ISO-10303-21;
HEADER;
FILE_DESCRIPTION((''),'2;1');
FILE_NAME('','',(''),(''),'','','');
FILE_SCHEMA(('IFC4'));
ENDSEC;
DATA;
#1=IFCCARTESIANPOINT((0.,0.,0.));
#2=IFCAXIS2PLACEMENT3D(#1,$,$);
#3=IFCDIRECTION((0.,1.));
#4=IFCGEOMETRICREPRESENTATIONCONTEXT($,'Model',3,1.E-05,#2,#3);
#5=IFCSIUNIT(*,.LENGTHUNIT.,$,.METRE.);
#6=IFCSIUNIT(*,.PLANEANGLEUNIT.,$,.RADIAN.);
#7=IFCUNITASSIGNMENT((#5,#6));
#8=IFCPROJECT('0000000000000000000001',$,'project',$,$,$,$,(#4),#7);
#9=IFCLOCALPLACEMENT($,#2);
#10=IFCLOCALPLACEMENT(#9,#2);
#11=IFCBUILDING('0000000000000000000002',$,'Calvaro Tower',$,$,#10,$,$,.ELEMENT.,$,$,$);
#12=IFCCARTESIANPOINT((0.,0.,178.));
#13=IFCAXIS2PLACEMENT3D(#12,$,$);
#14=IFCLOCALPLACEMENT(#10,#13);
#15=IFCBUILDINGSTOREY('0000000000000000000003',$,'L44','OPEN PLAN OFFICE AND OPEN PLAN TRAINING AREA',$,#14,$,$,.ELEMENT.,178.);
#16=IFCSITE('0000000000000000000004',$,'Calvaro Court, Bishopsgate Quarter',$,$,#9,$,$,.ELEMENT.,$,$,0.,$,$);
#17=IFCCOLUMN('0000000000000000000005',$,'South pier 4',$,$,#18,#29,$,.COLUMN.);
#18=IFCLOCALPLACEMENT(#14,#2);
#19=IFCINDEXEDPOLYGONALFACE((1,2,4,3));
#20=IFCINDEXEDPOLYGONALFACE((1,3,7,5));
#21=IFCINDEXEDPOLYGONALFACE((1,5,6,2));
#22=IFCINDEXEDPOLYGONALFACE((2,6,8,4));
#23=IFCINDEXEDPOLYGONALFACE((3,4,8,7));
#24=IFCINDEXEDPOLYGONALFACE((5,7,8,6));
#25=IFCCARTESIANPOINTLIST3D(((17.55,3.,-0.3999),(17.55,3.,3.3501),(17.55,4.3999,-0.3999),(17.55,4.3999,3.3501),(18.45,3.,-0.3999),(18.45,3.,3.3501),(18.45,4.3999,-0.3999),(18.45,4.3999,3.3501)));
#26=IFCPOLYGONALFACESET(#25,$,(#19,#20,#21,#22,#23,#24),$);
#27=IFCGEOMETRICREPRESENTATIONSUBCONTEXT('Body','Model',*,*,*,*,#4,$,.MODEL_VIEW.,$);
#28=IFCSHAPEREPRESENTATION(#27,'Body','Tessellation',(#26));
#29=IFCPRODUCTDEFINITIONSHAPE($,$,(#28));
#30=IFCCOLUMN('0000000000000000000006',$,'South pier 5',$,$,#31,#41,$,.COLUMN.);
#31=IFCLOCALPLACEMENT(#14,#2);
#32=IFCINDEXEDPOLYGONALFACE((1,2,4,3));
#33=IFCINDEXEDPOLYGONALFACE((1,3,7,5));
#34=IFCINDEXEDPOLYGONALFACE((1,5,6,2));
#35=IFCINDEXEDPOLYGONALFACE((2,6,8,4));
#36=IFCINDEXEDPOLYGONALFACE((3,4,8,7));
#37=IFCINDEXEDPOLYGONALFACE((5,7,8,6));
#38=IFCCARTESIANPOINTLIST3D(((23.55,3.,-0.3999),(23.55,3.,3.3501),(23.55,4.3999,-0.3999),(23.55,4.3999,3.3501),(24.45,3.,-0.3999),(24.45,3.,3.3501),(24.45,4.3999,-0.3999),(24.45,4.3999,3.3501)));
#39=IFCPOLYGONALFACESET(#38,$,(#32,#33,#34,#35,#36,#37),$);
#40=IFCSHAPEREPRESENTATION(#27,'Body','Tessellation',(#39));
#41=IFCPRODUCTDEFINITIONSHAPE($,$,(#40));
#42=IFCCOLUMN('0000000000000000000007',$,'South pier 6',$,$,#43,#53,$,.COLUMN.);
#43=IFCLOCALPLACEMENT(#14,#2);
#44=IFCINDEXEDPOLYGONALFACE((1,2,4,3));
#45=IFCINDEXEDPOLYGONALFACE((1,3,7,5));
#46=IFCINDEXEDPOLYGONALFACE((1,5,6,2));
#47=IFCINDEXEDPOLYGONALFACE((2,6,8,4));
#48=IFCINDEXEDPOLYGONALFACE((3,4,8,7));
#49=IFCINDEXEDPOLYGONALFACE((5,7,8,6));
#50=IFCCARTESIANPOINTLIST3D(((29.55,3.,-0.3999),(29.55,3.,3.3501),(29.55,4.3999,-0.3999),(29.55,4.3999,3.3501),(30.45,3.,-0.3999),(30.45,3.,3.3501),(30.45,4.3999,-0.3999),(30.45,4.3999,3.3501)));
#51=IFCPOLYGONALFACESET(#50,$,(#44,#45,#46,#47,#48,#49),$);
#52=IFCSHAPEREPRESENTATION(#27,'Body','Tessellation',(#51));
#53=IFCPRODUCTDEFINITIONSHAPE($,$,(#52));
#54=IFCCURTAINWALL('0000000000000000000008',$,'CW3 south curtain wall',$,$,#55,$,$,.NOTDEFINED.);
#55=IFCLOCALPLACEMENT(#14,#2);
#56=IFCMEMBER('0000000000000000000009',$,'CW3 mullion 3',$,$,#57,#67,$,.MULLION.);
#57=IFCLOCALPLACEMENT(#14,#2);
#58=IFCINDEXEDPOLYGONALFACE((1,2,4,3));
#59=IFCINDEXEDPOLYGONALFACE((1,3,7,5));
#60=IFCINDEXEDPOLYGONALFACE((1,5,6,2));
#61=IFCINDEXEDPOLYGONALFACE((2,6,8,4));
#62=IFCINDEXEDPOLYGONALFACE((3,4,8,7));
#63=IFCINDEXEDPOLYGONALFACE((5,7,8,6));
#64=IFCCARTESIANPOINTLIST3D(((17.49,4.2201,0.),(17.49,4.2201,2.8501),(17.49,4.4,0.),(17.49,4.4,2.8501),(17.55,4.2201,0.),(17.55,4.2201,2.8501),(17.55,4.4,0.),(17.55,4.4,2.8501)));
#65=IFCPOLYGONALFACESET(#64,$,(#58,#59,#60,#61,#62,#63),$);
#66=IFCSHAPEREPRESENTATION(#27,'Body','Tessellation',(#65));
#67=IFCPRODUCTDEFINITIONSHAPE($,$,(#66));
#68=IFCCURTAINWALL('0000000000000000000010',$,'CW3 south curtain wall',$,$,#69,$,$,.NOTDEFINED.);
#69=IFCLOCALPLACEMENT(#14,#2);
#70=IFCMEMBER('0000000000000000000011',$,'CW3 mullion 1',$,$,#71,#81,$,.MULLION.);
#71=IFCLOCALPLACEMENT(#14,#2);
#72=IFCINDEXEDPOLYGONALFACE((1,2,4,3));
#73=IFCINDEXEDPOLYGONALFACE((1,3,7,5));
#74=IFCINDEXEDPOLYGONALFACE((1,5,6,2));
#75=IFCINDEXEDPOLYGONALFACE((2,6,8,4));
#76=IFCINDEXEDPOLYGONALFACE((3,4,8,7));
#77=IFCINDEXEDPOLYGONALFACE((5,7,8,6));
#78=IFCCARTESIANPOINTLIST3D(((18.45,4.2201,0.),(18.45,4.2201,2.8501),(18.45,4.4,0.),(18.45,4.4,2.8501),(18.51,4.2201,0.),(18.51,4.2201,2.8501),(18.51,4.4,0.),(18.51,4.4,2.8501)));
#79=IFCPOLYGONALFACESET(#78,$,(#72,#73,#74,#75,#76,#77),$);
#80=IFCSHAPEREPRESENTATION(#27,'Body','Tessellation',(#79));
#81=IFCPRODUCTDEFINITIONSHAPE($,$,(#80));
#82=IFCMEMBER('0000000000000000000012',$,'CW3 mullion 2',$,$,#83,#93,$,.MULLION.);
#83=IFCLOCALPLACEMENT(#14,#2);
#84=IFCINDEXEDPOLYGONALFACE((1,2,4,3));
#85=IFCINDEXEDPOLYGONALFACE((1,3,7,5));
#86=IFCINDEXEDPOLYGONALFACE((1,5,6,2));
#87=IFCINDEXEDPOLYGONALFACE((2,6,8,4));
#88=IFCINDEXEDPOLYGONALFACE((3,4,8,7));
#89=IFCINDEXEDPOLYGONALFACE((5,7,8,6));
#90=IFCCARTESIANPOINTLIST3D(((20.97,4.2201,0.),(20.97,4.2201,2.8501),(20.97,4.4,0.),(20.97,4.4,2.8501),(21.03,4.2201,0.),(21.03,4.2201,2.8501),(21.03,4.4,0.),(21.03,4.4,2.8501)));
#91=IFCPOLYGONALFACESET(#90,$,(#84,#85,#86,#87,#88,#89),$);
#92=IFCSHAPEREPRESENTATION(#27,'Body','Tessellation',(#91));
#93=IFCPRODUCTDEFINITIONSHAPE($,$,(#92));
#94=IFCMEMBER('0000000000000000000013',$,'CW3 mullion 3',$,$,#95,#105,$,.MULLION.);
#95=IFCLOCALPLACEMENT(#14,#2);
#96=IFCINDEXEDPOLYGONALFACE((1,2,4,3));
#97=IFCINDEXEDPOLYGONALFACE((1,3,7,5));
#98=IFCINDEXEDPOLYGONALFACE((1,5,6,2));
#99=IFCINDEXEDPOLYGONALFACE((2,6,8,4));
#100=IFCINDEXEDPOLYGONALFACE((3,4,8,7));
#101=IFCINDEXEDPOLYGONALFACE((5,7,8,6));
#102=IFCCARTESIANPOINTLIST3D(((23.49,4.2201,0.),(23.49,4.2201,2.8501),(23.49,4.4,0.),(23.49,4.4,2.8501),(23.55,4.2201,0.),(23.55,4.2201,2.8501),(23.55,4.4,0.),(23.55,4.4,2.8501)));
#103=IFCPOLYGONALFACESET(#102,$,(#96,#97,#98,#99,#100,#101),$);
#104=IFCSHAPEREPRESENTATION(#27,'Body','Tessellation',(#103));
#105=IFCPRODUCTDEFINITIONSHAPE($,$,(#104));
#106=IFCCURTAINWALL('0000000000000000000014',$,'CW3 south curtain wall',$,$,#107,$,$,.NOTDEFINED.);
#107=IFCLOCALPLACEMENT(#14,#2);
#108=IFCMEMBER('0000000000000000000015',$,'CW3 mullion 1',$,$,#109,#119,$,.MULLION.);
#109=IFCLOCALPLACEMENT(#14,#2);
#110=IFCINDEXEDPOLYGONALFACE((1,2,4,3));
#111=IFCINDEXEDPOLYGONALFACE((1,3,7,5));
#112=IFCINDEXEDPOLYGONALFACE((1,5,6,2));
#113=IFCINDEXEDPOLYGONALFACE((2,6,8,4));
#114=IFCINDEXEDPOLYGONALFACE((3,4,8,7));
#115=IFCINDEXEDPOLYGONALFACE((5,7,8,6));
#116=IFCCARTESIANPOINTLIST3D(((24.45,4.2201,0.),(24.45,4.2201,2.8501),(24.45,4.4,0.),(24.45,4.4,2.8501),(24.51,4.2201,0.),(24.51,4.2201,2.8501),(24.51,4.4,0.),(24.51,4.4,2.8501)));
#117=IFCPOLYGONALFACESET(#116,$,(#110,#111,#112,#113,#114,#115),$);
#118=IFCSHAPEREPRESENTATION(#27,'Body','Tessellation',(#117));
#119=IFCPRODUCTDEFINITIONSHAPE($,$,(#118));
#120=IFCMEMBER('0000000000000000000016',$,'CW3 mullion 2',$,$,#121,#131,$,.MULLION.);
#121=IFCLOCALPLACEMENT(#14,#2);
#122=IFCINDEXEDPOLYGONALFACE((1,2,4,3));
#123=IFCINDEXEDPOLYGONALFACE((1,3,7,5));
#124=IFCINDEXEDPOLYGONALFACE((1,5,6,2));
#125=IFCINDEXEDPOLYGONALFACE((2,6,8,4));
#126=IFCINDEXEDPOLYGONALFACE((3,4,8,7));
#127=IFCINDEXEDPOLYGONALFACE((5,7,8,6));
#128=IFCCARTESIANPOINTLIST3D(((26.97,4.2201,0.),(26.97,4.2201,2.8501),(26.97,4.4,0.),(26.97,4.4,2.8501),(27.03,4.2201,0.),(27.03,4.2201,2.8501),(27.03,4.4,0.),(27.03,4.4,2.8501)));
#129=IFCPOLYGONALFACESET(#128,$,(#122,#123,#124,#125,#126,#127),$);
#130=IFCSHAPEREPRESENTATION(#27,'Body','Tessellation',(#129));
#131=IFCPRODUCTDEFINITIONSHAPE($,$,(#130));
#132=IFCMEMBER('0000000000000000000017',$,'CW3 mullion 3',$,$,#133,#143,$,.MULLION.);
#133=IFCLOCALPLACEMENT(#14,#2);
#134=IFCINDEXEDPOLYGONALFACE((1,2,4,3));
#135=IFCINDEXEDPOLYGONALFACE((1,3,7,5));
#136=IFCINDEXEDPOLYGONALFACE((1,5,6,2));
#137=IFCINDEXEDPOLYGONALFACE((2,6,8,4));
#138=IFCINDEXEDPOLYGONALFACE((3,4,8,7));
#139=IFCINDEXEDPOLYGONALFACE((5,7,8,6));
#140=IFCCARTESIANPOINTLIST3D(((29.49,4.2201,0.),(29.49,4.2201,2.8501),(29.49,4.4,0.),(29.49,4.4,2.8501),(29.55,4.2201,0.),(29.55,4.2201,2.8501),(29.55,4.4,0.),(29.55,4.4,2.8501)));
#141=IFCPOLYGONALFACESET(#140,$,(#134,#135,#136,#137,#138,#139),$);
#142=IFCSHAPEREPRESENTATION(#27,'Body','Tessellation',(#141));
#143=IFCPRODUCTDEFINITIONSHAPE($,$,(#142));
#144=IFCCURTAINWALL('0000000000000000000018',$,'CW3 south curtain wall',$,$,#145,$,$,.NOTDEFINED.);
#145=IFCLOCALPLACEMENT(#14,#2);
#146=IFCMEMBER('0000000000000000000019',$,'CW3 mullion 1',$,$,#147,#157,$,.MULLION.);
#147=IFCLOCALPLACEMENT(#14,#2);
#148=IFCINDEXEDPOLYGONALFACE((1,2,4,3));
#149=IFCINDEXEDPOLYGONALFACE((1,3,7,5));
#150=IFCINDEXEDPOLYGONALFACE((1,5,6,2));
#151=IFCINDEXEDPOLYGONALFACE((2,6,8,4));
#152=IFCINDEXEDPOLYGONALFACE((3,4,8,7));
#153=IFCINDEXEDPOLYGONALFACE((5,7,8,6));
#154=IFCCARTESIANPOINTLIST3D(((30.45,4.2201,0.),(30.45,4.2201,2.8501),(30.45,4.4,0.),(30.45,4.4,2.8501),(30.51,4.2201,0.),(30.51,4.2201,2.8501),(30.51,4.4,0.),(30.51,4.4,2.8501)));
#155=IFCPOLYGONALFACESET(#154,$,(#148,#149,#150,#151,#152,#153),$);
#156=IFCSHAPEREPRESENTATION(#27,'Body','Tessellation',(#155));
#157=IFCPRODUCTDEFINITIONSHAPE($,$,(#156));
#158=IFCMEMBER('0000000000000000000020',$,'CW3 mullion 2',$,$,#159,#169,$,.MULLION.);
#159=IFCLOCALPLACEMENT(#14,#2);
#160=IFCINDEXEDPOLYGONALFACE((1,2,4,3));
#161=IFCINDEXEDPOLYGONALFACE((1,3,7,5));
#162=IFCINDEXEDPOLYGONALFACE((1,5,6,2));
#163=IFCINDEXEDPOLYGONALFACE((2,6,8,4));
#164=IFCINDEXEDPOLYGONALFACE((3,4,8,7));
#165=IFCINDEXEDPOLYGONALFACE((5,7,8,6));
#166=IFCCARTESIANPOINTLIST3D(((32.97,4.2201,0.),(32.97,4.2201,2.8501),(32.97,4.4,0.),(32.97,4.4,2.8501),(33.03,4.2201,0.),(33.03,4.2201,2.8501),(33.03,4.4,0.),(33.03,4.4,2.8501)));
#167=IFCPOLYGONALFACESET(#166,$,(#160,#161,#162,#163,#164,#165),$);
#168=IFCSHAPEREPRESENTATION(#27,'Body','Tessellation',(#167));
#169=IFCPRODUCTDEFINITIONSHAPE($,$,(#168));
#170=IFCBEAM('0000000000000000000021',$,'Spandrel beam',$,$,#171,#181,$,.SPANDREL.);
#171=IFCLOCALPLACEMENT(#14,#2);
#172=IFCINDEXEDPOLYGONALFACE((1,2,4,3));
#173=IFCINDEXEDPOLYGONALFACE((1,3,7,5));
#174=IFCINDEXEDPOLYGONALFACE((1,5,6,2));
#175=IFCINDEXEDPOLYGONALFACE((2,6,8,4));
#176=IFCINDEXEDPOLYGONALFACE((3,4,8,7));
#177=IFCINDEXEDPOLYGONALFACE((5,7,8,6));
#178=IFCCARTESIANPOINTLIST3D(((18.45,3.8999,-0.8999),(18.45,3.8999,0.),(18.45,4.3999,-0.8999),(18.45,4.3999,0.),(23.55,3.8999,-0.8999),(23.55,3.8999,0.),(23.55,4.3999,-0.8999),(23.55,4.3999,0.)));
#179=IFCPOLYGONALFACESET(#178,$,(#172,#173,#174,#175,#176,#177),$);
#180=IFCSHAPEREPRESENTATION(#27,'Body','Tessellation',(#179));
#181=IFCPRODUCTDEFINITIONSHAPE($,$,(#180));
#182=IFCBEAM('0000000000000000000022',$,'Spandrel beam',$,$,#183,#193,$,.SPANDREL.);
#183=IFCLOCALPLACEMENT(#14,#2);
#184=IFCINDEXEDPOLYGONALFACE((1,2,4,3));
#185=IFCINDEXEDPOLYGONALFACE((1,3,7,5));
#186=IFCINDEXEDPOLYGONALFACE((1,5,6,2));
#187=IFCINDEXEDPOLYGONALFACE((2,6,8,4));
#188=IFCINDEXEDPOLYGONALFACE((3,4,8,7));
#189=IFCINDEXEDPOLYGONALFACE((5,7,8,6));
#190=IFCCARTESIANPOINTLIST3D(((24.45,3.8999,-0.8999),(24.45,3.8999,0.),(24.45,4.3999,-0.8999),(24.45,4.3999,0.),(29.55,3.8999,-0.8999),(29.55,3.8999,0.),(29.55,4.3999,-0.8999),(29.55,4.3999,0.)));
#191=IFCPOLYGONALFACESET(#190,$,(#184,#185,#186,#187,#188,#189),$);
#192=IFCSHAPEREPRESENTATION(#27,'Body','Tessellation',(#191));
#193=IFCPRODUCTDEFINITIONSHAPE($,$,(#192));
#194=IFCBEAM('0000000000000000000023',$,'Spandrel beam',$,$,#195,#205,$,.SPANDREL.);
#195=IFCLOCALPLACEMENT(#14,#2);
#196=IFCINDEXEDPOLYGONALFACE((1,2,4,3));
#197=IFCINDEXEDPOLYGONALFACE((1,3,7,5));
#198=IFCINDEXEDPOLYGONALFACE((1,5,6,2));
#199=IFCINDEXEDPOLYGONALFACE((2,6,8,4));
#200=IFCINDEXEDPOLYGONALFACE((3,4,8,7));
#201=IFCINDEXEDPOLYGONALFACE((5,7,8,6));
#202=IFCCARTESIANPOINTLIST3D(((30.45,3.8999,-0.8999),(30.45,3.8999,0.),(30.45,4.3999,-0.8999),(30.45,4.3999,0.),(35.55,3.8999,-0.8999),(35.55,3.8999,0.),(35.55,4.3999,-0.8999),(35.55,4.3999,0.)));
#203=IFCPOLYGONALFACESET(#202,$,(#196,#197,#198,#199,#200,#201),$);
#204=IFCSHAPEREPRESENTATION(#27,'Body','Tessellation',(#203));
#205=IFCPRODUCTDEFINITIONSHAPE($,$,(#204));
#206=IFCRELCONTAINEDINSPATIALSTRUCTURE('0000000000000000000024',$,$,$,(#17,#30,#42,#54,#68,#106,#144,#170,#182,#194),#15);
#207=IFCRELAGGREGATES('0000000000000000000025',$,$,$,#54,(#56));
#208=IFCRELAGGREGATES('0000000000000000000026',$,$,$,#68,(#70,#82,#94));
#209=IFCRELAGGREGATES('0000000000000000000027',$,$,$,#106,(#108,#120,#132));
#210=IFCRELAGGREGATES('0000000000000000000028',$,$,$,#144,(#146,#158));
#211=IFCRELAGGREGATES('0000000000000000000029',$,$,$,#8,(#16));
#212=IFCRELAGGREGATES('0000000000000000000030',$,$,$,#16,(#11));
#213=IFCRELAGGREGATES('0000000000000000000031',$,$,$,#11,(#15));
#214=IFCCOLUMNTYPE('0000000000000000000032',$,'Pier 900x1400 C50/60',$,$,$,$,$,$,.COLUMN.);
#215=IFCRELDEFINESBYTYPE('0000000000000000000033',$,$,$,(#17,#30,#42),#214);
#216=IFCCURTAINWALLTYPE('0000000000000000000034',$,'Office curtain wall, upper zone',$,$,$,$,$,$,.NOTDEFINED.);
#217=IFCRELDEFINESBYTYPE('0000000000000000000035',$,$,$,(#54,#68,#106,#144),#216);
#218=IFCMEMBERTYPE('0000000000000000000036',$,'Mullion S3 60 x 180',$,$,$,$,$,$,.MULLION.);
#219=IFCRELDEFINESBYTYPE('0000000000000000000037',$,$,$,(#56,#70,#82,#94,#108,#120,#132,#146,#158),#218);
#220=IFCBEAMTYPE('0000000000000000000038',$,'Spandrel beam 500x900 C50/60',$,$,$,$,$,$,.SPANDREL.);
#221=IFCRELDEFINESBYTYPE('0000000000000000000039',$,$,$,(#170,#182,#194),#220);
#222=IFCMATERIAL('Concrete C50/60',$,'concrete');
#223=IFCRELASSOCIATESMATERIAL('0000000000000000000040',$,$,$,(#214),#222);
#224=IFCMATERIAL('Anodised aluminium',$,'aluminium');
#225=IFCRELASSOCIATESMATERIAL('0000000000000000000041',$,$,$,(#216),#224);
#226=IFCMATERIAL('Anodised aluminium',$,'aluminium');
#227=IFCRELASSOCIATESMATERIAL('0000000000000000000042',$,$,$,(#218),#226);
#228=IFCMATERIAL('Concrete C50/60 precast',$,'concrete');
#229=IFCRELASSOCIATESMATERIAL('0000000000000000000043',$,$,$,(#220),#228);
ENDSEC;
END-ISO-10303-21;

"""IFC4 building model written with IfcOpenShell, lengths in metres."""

from ifc_helpers import new_model, si_unit, direction, frame, origin, origin_2d, place, context, subcontext, project, spatial, rectangle, extrude, material, material_profile, profile_set, type_object, element, aggregate, save


model = new_model("IFC4")

# Units and contexts
model_context = context("Model", 3, precision=1e-05, world=origin(), true_north=direction((0.0, 1.0)))
body_context = subcontext(model_context, "Body", "Model", "MODEL_VIEW")
ifc_project = project(units=[si_unit("LENGTHUNIT", "METRE"), si_unit("PLANEANGLEUNIT", "RADIAN")], contexts=[model_context])

# Site, building, storey
site_placement = place(None, origin())
site = spatial("IfcSite", under=ifc_project, at=site_placement, Name="Calvaro Court, Bishopsgate Quarter", CompositionType="ELEMENT", RefElevation=0.0)
building_placement = place(site_placement, origin())
building = spatial("IfcBuilding", under=site, at=building_placement, Name="Calvaro Tower", CompositionType="ELEMENT")
storey_placement = place(building_placement, frame((0.0, 0.0, 178.0)))
storey = spatial("IfcBuildingStorey", under=building, at=storey_placement, Name="L44", Description="OPEN PLAN OFFICE AND OPEN PLAN TRAINING AREA", CompositionType="ELEMENT", Elevation=178.0)

# Columns
ifc_material_1 = material(Name="Concrete C50/60", Category="concrete")
ifc_material_profile_1 = material_profile(ifc_material_1, rectangle(XDim=0.8999, YDim=1.3999, at=origin_2d()), Name="RC 900x1400")
ifc_profile_set_1 = profile_set([ifc_material_profile_1], Name="Concrete C50/60")
column_type = type_object("IfcColumnType", Name="Pier 900x1400 C50/60", PredefinedType="COLUMN", material=ifc_profile_set_1)
for number, where, z_axis, x_axis, name in (
    (1, (18.0, 3.7, -0.3999), (0.0, 0.0, 1.0), (1.0, 0.0, 0.0), "South pier 4"),
    (2, (24.0, 3.7, -0.3999), (0.0, 0.0, 1.0), (1.0, 0.0, 0.0), "South pier 5"),
    (3, (30.0, 3.7, -0.3999), (0.0, 0.0, 1.0), (1.0, 0.0, 0.0), "South pier 6"),
):
    element("IfcColumn", number, at=place(storey_placement, frame(where, z_axis=z_axis, x_axis=x_axis)), inside=storey, type_object=column_type, Name=name, PredefinedType="COLUMN", context=body_context, shape_type="SweptSolid", body=[
        extrude(rectangle(XDim=0.8999, YDim=1.3999, at=origin_2d()), origin(), (0.0, 0.0, 1.0), 3.75),
    ])

# Curtain wall, member
ifc_material_2 = material(Name="Anodised aluminium", Category="aluminium")
curtain_wall_type = type_object("IfcCurtainWallType", Name="Office curtain wall, upper zone", PredefinedType="NOTDEFINED", material=ifc_material_2)
curtain_wall_1_placement = place(storey_placement, origin())
curtain_wall_1 = element("IfcCurtainWall", 4, at=curtain_wall_1_placement, inside=storey, type_object=curtain_wall_type, Name="CW3 south curtain wall", PredefinedType="NOTDEFINED")
ifc_material_3 = material(Name="Anodised aluminium", Category="aluminium")
ifc_material_profile_2 = material_profile(ifc_material_3, rectangle(XDim=0.1799, YDim=0.0601, at=origin_2d()), Name="Mullion S3 60 x 180")
ifc_profile_set_2 = profile_set([ifc_material_profile_2], Name="Anodised aluminium")
member_type_1 = type_object("IfcMemberType", Name="Mullion S3 60 x 180", PredefinedType="MULLION", material=ifc_profile_set_2)
member_1_placement = place(storey_placement, frame((17.52, 4.3101, 0.0), z_axis=(0.0, 0.0, 1.0), x_axis=(0.0, 1.0, 0.0)))
member_1 = element("IfcMember", 5, at=member_1_placement, type_object=member_type_1, Name="CW3 mullion 3", PredefinedType="MULLION", context=body_context, shape_type="SweptSolid", body=[
    extrude(rectangle(XDim=0.1799, YDim=0.0601, at=origin_2d()), origin(), (0.0, 0.0, 1.0), 2.8501),
])
aggregate(curtain_wall_1, [member_1])

# Curtain walls, members
curtain_wall_2_placement = place(storey_placement, origin())
curtain_wall_2 = element("IfcCurtainWall", 6, at=curtain_wall_2_placement, inside=storey, type_object=curtain_wall_type, Name="CW3 south curtain wall", PredefinedType="NOTDEFINED")
member_2_placement = place(storey_placement, frame((18.48, 4.3101, 0.0), z_axis=(0.0, 0.0, 1.0), x_axis=(0.0, 1.0, 0.0)))
member_2 = element("IfcMember", 7, at=member_2_placement, type_object=member_type_1, Name="CW3 mullion 1", PredefinedType="MULLION", context=body_context, shape_type="SweptSolid", body=[
    extrude(rectangle(XDim=0.1799, YDim=0.0601, at=origin_2d()), origin(), (0.0, 0.0, 1.0), 2.8501),
])
member_3_placement = place(storey_placement, frame((21.0, 4.3101, 0.0), z_axis=(0.0, 0.0, 1.0), x_axis=(0.0, 1.0, 0.0)))
member_3 = element("IfcMember", 8, at=member_3_placement, type_object=member_type_1, Name="CW3 mullion 2", PredefinedType="MULLION", context=body_context, shape_type="SweptSolid", body=[
    extrude(rectangle(XDim=0.1799, YDim=0.0601, at=origin_2d()), origin(), (0.0, 0.0, 1.0), 2.8501),
])
member_4_placement = place(storey_placement, frame((23.52, 4.3101, 0.0), z_axis=(0.0, 0.0, 1.0), x_axis=(0.0, 1.0, 0.0)))
member_4 = element("IfcMember", 9, at=member_4_placement, type_object=member_type_1, Name="CW3 mullion 3", PredefinedType="MULLION", context=body_context, shape_type="SweptSolid", body=[
    extrude(rectangle(XDim=0.1799, YDim=0.0601, at=origin_2d()), origin(), (0.0, 0.0, 1.0), 2.8501),
])
curtain_wall_3_placement = place(storey_placement, origin())
curtain_wall_3 = element("IfcCurtainWall", 10, at=curtain_wall_3_placement, inside=storey, type_object=curtain_wall_type, Name="CW3 south curtain wall", PredefinedType="NOTDEFINED")
member_5_placement = place(storey_placement, frame((24.48, 4.3101, 0.0), z_axis=(0.0, 0.0, 1.0), x_axis=(0.0, 1.0, 0.0)))
member_5 = element("IfcMember", 11, at=member_5_placement, type_object=member_type_1, Name="CW3 mullion 1", PredefinedType="MULLION", context=body_context, shape_type="SweptSolid", body=[
    extrude(rectangle(XDim=0.1799, YDim=0.0601, at=origin_2d()), origin(), (0.0, 0.0, 1.0), 2.8501),
])
member_6_placement = place(storey_placement, frame((27.0, 4.3101, 0.0), z_axis=(0.0, 0.0, 1.0), x_axis=(0.0, 1.0, 0.0)))
member_6 = element("IfcMember", 12, at=member_6_placement, type_object=member_type_1, Name="CW3 mullion 2", PredefinedType="MULLION", context=body_context, shape_type="SweptSolid", body=[
    extrude(rectangle(XDim=0.1799, YDim=0.0601, at=origin_2d()), origin(), (0.0, 0.0, 1.0), 2.8501),
])
member_7_placement = place(storey_placement, frame((29.52, 4.3101, 0.0), z_axis=(0.0, 0.0, 1.0), x_axis=(0.0, 1.0, 0.0)))
member_7 = element("IfcMember", 13, at=member_7_placement, type_object=member_type_1, Name="CW3 mullion 3", PredefinedType="MULLION", context=body_context, shape_type="SweptSolid", body=[
    extrude(rectangle(XDim=0.1799, YDim=0.0601, at=origin_2d()), origin(), (0.0, 0.0, 1.0), 2.8501),
])
curtain_wall_4_placement = place(storey_placement, origin())
curtain_wall_4 = element("IfcCurtainWall", 14, at=curtain_wall_4_placement, inside=storey, type_object=curtain_wall_type, Name="CW3 south curtain wall", PredefinedType="NOTDEFINED")
member_8_placement = place(storey_placement, frame((30.48, 4.3101, 0.0), z_axis=(0.0, 0.0, 1.0), x_axis=(0.0, 1.0, 0.0)))
member_8 = element("IfcMember", 15, at=member_8_placement, type_object=member_type_1, Name="CW3 mullion 1", PredefinedType="MULLION", context=body_context, shape_type="SweptSolid", body=[
    extrude(rectangle(XDim=0.1799, YDim=0.0601, at=origin_2d()), origin(), (0.0, 0.0, 1.0), 2.8501),
])
member_9_placement = place(storey_placement, frame((33.0, 4.3101, 0.0), z_axis=(0.0, 0.0, 1.0), x_axis=(0.0, 1.0, 0.0)))
member_9 = element("IfcMember", 16, at=member_9_placement, type_object=member_type_1, Name="CW3 mullion 2", PredefinedType="MULLION", context=body_context, shape_type="SweptSolid", body=[
    extrude(rectangle(XDim=0.1799, YDim=0.0601, at=origin_2d()), origin(), (0.0, 0.0, 1.0), 2.8501),
])

# Beams
ifc_material_4 = material(Name="Concrete C50/60 precast", Category="concrete")
ifc_material_profile_3 = material_profile(ifc_material_4, rectangle(XDim=0.5, YDim=0.8999, at=origin_2d()), Name="RC 500x900")
ifc_profile_set_3 = profile_set([ifc_material_profile_3], Name="Concrete C50/60 precast")
beam_type = type_object("IfcBeamType", Name="Spandrel beam 500x900 C50/60", PredefinedType="SPANDREL", material=ifc_profile_set_3)
for number, where, z_axis, x_axis, name in (
    (17, (18.45, 4.1499, -0.45), (1.0, 0.0, 0.0), (0.0, 1.0, 0.0), "Spandrel beam"),
    (18, (24.45, 4.1499, -0.45), (1.0, 0.0, 0.0), (0.0, 1.0, 0.0), "Spandrel beam"),
    (19, (30.45, 4.1499, -0.45), (1.0, 0.0, 0.0), (0.0, 1.0, 0.0), "Spandrel beam"),
):
    element("IfcBeam", number, at=place(storey_placement, frame(where, z_axis=z_axis, x_axis=x_axis)), inside=storey, type_object=beam_type, Name=name, PredefinedType="SPANDREL", context=body_context, shape_type="SweptSolid", body=[
        extrude(rectangle(XDim=0.5, YDim=0.8999, at=origin_2d()), origin(), (0.0, 0.0, 1.0), 5.1001),
    ])

aggregate(curtain_wall_2, [member_2, member_3, member_4])
aggregate(curtain_wall_3, [member_5, member_6, member_7])
aggregate(curtain_wall_4, [member_8, member_9])

save(model, "model.ifc")
